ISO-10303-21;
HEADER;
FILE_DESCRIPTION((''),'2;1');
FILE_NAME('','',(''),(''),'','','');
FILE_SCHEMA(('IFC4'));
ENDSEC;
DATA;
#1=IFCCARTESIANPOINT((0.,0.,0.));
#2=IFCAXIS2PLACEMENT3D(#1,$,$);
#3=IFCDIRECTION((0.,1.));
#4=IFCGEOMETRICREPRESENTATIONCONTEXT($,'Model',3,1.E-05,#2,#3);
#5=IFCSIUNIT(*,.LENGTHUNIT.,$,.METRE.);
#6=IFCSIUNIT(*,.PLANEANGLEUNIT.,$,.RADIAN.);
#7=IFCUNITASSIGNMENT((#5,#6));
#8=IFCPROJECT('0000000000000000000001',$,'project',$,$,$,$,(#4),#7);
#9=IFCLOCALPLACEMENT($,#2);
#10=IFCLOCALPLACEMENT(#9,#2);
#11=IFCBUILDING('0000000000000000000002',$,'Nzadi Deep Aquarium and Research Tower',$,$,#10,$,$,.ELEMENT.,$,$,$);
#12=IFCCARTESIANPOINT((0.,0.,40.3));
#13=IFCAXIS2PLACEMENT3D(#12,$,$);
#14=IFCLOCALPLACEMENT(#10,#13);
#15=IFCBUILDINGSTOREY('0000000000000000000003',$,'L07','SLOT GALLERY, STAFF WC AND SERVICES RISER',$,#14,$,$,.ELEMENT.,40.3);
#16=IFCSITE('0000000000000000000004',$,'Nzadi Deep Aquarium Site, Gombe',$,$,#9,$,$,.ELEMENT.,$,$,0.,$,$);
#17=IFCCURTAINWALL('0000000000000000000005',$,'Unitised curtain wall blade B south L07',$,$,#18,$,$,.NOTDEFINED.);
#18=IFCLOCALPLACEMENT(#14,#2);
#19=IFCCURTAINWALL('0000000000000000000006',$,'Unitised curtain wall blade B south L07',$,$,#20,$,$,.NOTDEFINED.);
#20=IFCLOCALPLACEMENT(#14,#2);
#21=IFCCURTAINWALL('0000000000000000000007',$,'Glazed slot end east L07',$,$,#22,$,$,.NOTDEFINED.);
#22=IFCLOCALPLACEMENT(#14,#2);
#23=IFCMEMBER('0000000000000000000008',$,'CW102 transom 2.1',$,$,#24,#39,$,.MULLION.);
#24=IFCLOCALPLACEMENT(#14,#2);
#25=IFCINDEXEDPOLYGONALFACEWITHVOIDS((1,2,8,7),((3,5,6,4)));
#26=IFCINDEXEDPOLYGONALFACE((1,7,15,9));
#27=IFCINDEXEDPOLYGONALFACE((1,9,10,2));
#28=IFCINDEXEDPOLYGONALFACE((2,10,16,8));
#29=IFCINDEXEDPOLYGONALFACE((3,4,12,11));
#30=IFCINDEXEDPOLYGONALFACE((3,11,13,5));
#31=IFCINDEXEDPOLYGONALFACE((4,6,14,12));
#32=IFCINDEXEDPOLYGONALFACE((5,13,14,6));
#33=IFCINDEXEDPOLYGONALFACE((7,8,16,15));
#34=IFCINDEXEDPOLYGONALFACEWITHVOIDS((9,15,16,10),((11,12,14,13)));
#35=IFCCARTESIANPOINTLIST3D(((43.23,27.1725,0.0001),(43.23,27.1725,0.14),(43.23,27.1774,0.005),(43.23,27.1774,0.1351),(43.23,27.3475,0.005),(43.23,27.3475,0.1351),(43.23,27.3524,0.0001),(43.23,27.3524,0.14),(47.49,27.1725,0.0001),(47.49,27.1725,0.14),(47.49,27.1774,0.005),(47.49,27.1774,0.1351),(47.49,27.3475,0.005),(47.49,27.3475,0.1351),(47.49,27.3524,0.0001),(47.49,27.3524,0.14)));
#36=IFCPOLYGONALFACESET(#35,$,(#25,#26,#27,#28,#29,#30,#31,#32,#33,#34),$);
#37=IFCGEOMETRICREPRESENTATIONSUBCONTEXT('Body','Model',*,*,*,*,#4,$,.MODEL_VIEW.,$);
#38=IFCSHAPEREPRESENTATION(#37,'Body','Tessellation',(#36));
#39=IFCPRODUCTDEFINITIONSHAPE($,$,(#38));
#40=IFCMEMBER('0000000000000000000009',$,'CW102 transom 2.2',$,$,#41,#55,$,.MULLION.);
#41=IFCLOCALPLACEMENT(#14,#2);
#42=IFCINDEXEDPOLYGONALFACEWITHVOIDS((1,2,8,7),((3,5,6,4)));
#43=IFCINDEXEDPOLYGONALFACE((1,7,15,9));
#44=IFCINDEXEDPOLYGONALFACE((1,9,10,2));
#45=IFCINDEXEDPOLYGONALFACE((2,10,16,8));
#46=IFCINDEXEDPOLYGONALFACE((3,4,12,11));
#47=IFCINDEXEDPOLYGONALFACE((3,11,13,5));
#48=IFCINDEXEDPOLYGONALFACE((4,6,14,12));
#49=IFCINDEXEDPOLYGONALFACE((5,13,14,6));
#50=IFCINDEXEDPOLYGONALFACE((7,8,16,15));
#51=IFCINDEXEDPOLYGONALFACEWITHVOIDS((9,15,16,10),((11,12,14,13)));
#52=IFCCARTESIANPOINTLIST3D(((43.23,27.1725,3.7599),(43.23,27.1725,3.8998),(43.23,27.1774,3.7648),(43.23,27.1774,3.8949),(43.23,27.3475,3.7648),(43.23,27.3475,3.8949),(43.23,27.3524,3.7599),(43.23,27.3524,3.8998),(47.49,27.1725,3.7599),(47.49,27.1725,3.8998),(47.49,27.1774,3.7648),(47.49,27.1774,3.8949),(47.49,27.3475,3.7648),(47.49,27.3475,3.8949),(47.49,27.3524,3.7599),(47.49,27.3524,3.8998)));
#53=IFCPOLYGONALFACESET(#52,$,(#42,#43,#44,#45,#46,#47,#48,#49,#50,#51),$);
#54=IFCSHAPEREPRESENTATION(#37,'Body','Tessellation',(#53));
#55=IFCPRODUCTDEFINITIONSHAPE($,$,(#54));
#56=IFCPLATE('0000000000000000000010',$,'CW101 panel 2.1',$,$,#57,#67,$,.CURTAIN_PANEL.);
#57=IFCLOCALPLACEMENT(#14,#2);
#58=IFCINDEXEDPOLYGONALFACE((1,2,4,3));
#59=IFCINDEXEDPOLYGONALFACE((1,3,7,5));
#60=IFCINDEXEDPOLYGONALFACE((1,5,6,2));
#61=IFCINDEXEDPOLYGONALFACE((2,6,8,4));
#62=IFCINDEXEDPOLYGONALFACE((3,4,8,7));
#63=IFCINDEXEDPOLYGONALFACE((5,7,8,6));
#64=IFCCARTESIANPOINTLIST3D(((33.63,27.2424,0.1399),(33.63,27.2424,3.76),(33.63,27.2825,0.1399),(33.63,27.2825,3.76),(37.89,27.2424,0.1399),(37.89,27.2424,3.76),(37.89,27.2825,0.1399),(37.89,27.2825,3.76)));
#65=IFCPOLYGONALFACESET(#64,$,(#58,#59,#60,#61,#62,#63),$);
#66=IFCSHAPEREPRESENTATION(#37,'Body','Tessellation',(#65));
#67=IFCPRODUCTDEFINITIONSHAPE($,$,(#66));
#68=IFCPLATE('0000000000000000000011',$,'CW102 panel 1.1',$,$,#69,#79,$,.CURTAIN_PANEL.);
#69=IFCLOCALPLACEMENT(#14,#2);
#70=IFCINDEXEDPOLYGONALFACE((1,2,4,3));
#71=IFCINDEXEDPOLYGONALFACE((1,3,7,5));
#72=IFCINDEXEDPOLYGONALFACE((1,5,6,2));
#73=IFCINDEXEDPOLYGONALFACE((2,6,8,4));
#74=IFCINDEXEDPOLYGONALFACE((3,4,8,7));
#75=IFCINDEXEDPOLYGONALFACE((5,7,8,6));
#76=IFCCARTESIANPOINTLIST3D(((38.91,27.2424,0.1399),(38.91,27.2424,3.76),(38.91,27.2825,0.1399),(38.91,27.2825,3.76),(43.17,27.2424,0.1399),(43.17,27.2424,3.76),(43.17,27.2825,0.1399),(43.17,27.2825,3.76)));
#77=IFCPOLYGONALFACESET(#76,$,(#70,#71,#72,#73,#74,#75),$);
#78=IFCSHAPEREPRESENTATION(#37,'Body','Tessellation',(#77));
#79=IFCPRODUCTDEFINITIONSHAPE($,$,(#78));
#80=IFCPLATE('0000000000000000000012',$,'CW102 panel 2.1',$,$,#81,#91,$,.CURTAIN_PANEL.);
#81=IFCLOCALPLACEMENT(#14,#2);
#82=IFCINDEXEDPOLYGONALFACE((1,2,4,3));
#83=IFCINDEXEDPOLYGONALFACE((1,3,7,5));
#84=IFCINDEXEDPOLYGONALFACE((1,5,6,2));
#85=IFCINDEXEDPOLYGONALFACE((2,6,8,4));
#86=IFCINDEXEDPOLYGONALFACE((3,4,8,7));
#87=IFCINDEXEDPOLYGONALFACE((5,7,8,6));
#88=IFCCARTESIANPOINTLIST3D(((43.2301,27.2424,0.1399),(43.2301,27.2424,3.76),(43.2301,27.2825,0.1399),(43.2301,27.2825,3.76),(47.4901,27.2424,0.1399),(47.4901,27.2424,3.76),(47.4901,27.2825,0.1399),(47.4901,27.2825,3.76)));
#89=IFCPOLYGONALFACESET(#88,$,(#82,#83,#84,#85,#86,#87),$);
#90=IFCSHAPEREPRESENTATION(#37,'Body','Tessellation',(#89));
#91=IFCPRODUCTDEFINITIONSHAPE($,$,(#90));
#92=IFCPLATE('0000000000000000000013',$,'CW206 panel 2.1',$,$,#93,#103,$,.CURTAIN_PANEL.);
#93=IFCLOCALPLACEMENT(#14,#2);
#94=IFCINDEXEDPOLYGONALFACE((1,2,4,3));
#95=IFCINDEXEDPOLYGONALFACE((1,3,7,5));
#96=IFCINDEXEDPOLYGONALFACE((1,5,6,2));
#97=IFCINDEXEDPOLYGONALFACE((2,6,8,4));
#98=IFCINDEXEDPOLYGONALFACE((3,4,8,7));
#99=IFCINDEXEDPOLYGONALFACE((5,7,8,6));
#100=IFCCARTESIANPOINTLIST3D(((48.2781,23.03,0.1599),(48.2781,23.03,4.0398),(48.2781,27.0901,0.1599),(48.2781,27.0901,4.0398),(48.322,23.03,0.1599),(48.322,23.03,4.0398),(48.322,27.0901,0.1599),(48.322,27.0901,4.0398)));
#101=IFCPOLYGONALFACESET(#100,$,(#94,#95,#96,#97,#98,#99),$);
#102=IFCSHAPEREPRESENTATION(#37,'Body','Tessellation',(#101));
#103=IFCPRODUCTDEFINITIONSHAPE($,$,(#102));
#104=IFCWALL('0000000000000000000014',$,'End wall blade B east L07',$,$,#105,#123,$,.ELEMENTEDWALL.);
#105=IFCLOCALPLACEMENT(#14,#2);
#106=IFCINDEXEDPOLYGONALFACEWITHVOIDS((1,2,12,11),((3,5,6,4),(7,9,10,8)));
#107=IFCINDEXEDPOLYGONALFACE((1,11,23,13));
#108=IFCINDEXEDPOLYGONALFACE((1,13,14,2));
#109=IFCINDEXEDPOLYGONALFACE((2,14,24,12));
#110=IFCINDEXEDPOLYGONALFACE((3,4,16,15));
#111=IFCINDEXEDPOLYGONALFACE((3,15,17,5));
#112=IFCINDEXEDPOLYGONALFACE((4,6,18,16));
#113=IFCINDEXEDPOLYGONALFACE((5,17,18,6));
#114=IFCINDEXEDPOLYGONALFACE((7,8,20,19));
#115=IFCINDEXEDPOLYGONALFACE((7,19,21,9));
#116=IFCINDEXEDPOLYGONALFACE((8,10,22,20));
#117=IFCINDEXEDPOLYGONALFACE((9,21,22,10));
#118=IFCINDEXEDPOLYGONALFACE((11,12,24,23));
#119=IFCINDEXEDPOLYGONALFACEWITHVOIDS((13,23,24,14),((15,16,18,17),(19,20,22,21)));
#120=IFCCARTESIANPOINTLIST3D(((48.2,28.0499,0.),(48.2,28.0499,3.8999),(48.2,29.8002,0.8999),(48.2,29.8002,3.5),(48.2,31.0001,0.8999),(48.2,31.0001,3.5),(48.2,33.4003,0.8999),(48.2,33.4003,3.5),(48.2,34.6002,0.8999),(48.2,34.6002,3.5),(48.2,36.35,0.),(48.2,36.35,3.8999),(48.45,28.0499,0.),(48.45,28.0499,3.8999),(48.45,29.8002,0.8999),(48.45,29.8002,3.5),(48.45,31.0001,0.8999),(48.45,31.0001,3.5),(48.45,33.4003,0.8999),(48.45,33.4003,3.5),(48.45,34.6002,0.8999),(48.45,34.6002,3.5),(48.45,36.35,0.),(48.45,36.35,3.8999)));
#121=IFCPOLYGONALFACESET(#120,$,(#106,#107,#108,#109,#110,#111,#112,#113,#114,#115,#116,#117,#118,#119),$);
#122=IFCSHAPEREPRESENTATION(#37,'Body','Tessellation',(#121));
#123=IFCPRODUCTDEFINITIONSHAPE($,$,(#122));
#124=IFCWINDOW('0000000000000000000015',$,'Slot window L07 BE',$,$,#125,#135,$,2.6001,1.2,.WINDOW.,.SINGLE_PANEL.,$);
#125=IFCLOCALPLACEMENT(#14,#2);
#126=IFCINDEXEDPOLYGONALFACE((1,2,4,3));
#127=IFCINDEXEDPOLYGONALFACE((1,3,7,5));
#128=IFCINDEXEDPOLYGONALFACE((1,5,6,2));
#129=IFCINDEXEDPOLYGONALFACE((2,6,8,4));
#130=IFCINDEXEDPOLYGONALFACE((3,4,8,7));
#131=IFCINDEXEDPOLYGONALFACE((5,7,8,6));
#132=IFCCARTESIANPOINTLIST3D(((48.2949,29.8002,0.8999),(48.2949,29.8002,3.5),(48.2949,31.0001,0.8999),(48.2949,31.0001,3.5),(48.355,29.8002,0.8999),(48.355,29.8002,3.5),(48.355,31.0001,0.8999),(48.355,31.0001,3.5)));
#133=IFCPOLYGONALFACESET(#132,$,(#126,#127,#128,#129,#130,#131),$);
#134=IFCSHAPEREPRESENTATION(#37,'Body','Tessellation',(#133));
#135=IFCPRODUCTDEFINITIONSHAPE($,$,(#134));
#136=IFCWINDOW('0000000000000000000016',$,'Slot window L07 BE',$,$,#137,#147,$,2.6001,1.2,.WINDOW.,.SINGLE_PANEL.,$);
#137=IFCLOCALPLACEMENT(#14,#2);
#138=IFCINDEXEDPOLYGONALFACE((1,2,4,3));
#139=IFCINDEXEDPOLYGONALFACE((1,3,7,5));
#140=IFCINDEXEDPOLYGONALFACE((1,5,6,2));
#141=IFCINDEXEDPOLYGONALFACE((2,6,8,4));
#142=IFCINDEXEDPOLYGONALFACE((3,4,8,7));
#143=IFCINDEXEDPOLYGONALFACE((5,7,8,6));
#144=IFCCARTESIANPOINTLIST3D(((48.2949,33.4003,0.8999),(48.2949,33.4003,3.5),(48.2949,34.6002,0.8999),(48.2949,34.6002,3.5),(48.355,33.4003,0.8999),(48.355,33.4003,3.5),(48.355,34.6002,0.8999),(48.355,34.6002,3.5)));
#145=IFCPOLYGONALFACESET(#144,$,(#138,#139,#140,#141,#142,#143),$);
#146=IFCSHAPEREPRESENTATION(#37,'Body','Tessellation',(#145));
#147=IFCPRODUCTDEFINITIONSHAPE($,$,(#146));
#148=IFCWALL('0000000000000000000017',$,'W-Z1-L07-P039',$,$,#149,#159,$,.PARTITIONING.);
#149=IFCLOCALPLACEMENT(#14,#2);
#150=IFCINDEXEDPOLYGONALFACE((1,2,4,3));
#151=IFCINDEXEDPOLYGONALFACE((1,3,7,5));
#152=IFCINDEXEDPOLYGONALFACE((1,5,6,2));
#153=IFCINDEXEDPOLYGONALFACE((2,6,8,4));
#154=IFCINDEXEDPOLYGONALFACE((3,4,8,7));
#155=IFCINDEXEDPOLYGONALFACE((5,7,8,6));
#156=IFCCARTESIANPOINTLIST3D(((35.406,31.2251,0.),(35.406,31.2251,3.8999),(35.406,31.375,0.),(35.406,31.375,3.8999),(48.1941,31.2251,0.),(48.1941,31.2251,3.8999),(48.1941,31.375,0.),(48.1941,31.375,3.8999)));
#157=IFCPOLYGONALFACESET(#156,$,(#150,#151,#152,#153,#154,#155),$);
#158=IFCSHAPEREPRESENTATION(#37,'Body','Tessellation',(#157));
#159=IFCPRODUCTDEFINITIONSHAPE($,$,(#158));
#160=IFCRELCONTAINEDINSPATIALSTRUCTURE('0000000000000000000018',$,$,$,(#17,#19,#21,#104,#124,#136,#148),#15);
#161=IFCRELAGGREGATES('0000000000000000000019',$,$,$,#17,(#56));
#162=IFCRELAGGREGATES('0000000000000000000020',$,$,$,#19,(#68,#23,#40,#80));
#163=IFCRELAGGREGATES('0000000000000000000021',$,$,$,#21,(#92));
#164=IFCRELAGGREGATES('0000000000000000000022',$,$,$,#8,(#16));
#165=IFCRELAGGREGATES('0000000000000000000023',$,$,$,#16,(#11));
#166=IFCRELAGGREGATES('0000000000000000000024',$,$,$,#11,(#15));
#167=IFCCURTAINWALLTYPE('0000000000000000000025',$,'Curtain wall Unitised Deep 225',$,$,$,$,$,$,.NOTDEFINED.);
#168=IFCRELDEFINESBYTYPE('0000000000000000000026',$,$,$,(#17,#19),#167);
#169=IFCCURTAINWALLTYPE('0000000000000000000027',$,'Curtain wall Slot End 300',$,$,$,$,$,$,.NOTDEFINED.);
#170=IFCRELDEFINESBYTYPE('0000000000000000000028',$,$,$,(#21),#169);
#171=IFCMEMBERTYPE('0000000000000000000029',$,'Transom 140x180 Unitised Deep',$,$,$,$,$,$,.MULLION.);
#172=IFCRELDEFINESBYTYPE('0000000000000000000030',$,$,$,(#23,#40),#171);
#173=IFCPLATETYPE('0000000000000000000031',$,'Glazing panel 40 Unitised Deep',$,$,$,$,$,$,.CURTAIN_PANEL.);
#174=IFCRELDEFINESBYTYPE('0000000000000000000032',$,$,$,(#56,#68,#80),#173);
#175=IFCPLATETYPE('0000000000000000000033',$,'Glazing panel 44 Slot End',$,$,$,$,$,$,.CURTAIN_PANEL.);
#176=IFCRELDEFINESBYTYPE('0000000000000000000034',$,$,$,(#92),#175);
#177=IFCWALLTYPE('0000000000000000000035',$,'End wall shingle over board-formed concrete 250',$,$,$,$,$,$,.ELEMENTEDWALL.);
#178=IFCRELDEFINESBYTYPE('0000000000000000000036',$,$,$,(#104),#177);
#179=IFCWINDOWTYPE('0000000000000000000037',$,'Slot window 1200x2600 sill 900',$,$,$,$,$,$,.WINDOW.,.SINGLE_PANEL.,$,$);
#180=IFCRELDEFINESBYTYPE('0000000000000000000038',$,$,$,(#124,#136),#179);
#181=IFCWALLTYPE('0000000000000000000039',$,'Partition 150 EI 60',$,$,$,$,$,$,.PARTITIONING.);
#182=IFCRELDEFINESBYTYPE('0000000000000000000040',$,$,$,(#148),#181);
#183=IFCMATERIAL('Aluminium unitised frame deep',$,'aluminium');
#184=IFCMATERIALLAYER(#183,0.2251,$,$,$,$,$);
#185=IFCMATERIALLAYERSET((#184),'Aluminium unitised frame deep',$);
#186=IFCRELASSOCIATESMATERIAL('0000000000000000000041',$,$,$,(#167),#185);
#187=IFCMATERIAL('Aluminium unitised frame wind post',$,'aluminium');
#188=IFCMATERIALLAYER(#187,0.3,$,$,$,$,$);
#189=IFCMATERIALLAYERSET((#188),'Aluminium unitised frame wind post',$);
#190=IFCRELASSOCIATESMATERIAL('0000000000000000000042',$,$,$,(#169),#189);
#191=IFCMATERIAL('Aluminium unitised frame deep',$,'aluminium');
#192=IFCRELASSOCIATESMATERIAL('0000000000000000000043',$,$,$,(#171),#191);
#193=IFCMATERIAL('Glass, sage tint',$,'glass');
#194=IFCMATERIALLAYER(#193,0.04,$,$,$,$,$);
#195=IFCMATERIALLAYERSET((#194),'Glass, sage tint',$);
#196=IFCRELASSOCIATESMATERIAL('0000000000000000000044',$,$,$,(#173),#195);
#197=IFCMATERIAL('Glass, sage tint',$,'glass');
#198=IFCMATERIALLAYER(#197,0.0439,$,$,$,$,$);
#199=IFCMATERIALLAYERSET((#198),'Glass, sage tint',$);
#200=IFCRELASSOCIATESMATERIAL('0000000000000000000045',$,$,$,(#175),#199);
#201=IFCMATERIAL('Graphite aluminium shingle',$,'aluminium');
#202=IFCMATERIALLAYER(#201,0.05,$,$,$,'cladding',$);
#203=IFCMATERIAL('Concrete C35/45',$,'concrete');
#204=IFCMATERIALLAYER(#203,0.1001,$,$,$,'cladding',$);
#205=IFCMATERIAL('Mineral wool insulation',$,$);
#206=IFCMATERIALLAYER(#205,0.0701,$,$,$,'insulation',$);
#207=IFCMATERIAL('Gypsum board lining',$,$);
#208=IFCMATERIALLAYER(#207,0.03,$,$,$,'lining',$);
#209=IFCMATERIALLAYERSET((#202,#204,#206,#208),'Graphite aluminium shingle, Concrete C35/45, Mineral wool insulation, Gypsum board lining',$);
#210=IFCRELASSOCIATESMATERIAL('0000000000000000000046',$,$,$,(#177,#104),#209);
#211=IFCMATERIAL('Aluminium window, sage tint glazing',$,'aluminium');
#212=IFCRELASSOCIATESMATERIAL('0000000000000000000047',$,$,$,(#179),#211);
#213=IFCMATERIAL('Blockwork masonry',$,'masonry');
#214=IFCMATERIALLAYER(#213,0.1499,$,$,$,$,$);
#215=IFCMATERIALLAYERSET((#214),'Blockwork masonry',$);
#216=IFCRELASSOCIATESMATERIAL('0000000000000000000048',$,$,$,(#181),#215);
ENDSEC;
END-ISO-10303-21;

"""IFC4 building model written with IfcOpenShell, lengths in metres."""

from ifc_helpers import new_model, si_unit, direction, frame, frame_2d, origin, origin_2d, place, context, subcontext, project, spatial, rectangle, hollow_rectangle, extrude, material, layer, layer_set, layer_usage, material_profile, profile_set, type_object, element, fill, aggregate, save


model = new_model("IFC4")

# Units and contexts
model_context = context("Model", 3, precision=1e-05, world=origin(), true_north=direction((0.0, 1.0)))
body_context = subcontext(model_context, "Body", "Model", "MODEL_VIEW")
ifc_project = project(units=[si_unit("LENGTHUNIT", "METRE"), si_unit("PLANEANGLEUNIT", "RADIAN")], contexts=[model_context])

# Site, building, storey
site_placement = place(None, origin())
site = spatial("IfcSite", under=ifc_project, at=site_placement, Name="Nzadi Deep Aquarium Site, Gombe", CompositionType="ELEMENT", RefElevation=0.0)
building_placement = place(site_placement, origin())
building = spatial("IfcBuilding", under=site, at=building_placement, Name="Nzadi Deep Aquarium and Research Tower", CompositionType="ELEMENT")
storey_placement = place(building_placement, frame((0.0, 0.0, 40.3)))
storey = spatial("IfcBuildingStorey", under=building, at=storey_placement, Name="L07", Description="SLOT GALLERY, STAFF WC AND SERVICES RISER", CompositionType="ELEMENT", Elevation=40.3)

# Curtain wall
ifc_material_1 = material(Name="Aluminium unitised frame deep", Category="aluminium")
ifc_layer_1 = layer(ifc_material_1, 0.2251)
ifc_layer_set_1 = layer_set([ifc_layer_1], Name="Aluminium unitised frame deep")
curtain_wall_type_1 = type_object("IfcCurtainWallType", Name="Curtain wall Unitised Deep 225", PredefinedType="NOTDEFINED", material=ifc_layer_set_1)
curtain_wall_1_placement = place(storey_placement, origin())
curtain_wall_1 = element("IfcCurtainWall", 1, at=curtain_wall_1_placement, inside=storey, type_object=curtain_wall_type_1, Name="Unitised curtain wall blade B south L07", PredefinedType="NOTDEFINED")

# Curtain wall
curtain_wall_2_placement = place(storey_placement, origin())
curtain_wall_2 = element("IfcCurtainWall", 2, at=curtain_wall_2_placement, inside=storey, type_object=curtain_wall_type_1, Name="Unitised curtain wall blade B south L07", PredefinedType="NOTDEFINED")

# Curtain wall
ifc_material_2 = material(Name="Aluminium unitised frame wind post", Category="aluminium")
ifc_layer_2 = layer(ifc_material_2, 0.3)
ifc_layer_set_2 = layer_set([ifc_layer_2], Name="Aluminium unitised frame wind post")
curtain_wall_type_2 = type_object("IfcCurtainWallType", Name="Curtain wall Slot End 300", PredefinedType="NOTDEFINED", material=ifc_layer_set_2)
curtain_wall_3_placement = place(storey_placement, origin())
curtain_wall_3 = element("IfcCurtainWall", 3, at=curtain_wall_3_placement, inside=storey, type_object=curtain_wall_type_2, Name="Glazed slot end east L07", PredefinedType="NOTDEFINED")

# Members
ifc_material_3 = material(Name="Aluminium unitised frame deep", Category="aluminium")
ifc_material_profile_1 = material_profile(ifc_material_3, hollow_rectangle(XDim=0.1799, YDim=0.1399, WallThickness=0.0049, at=origin_2d()))
ifc_profile_set_1 = profile_set([ifc_material_profile_1], Name="Aluminium unitised frame deep")
member_type_1 = type_object("IfcMemberType", Name="Transom 140x180 Unitised Deep", PredefinedType="MULLION", material=ifc_profile_set_1)
member_1_placement = place(storey_placement, frame((43.23, 27.2625, 0.0701), z_axis=(1.0, 0.0, 0.0), x_axis=(0.0, 1.0, 0.0)))
member_1 = element("IfcMember", 4, at=member_1_placement, type_object=member_type_1, Name="CW102 transom 2.1", PredefinedType="MULLION", context=body_context, shape_type="SweptSolid", body=[
    extrude(hollow_rectangle(XDim=0.1799, YDim=0.1399, WallThickness=0.0049, at=origin_2d()), origin(), (0.0, 0.0, 1.0), 4.26),
])
member_2_placement = place(storey_placement, frame((43.23, 27.2625, 3.8298), z_axis=(1.0, 0.0, 0.0), x_axis=(0.0, 1.0, 0.0)))
member_2 = element("IfcMember", 5, at=member_2_placement, type_object=member_type_1, Name="CW102 transom 2.2", PredefinedType="MULLION", context=body_context, shape_type="SweptSolid", body=[
    extrude(hollow_rectangle(XDim=0.1799, YDim=0.1399, WallThickness=0.0049, at=origin_2d()), origin(), (0.0, 0.0, 1.0), 4.26),
])

# Plates
ifc_material_4 = material(Name="Glass, sage tint", Category="glass")
ifc_layer_3 = layer(ifc_material_4, 0.04)
ifc_layer_set_3 = layer_set([ifc_layer_3], Name="Glass, sage tint")
plate_type_1 = type_object("IfcPlateType", Name="Glazing panel 40 Unitised Deep", PredefinedType="CURTAIN_PANEL", material=ifc_layer_set_3)
plate_1_placement = place(storey_placement, frame((35.76, 27.2625, 0.1399), z_axis=(0.0, 0.0, 1.0), x_axis=(1.0, 0.0, 0.0)))
plate_1 = element("IfcPlate", 6, at=plate_1_placement, type_object=plate_type_1, Name="CW101 panel 2.1", PredefinedType="CURTAIN_PANEL", context=body_context, shape_type="SweptSolid", body=[
    extrude(rectangle(XDim=4.26, YDim=0.04, at=origin_2d()), origin(), (0.0, 0.0, 1.0), 3.6201),
])
aggregate(curtain_wall_1, [plate_1])
plate_2_placement = place(storey_placement, frame((41.04, 27.2625, 0.1399), z_axis=(0.0, 0.0, 1.0), x_axis=(1.0, 0.0, 0.0)))
plate_2 = element("IfcPlate", 7, at=plate_2_placement, type_object=plate_type_1, Name="CW102 panel 1.1", PredefinedType="CURTAIN_PANEL", context=body_context, shape_type="SweptSolid", body=[
    extrude(rectangle(XDim=4.26, YDim=0.04, at=origin_2d()), origin(), (0.0, 0.0, 1.0), 3.6201),
])
plate_3_placement = place(storey_placement, frame((45.3601, 27.2625, 0.1399), z_axis=(0.0, 0.0, 1.0), x_axis=(1.0, 0.0, 0.0)))
plate_3 = element("IfcPlate", 8, at=plate_3_placement, type_object=plate_type_1, Name="CW102 panel 2.1", PredefinedType="CURTAIN_PANEL", context=body_context, shape_type="SweptSolid", body=[
    extrude(rectangle(XDim=4.26, YDim=0.04, at=origin_2d()), origin(), (0.0, 0.0, 1.0), 3.6201),
])
aggregate(curtain_wall_2, [plate_2, member_1, member_2, plate_3])
ifc_material_5 = material(Name="Glass, sage tint", Category="glass")
ifc_layer_4 = layer(ifc_material_5, 0.0439)
ifc_layer_set_4 = layer_set([ifc_layer_4], Name="Glass, sage tint")
plate_type_2 = type_object("IfcPlateType", Name="Glazing panel 44 Slot End", PredefinedType="CURTAIN_PANEL", material=ifc_layer_set_4)
plate_4_placement = place(storey_placement, frame((48.3, 25.0601, 0.1599), z_axis=(0.0, 0.0, 1.0), x_axis=(0.0, 1.0, 0.0)))
plate_4 = element("IfcPlate", 9, at=plate_4_placement, type_object=plate_type_2, Name="CW206 panel 2.1", PredefinedType="CURTAIN_PANEL", context=body_context, shape_type="SweptSolid", body=[
    extrude(rectangle(XDim=4.0601, YDim=0.0439, at=origin_2d()), origin(), (0.0, 0.0, 1.0), 3.8799),
])
aggregate(curtain_wall_3, [plate_4])

# Wall, openings, windows
ifc_material_6 = material(Name="Graphite aluminium shingle", Category="aluminium")
ifc_layer_5 = layer(ifc_material_6, 0.05, Category="cladding")
ifc_material_7 = material(Name="Concrete C35/45", Category="concrete")
ifc_layer_6 = layer(ifc_material_7, 0.1001, Category="cladding")
ifc_material_8 = material(Name="Mineral wool insulation")
ifc_layer_7 = layer(ifc_material_8, 0.0701, Category="insulation")
ifc_material_9 = material(Name="Gypsum board lining")
ifc_layer_8 = layer(ifc_material_9, 0.03, Category="lining")
ifc_layer_set_5 = layer_set([ifc_layer_5, ifc_layer_6, ifc_layer_7, ifc_layer_8], Name="Graphite aluminium shingle, Concrete C35/45, Mineral wool insulation, Gypsum board lining")
ifc_layer_usage = layer_usage(ifc_layer_set_5, "AXIS2", "POSITIVE", -0.125)
wall_type_1 = type_object("IfcWallType", Name="End wall shingle over board-formed concrete 250", PredefinedType="ELEMENTEDWALL", material=ifc_layer_set_5)
wall_1_placement = place(storey_placement, frame((48.325, 28.05, 0.0), z_axis=(0.0, 0.0, 1.0), x_axis=(0.0, 1.0, 0.0)))
wall_1 = element("IfcWall", 10, at=wall_1_placement, inside=storey, type_object=wall_type_1, material=ifc_layer_usage, Name="End wall blade B east L07", PredefinedType="ELEMENTEDWALL", context=body_context, shape_type="SweptSolid", body=[
    extrude(rectangle(XDim=8.3, YDim=0.25, at=frame_2d((4.1499, 0.0))), origin(), (0.0, 0.0, 1.0), 3.8999),
])
opening_1_placement = place(wall_1_placement, frame((1.75, 0.0, 0.8999)))
opening_1 = element("IfcOpeningElement", 11, at=opening_1_placement, cuts=wall_1, PredefinedType="OPENING", context=body_context, shape_type="SweptSolid", body=[
    extrude(rectangle(XDim=1.2, YDim=2.6001, at=frame_2d((0.6001, 1.3))), frame((0.0, 0.135, 0.0), z_axis=(0.0, -1.0, 0.0), x_axis=(1.0, 0.0, 0.0)), (0.0, 0.0, 1.0), 0.27),
])
opening_2_placement = place(wall_1_placement, frame((5.3501, 0.0, 0.8999)))
opening_2 = element("IfcOpeningElement", 12, at=opening_2_placement, cuts=wall_1, PredefinedType="OPENING", context=body_context, shape_type="SweptSolid", body=[
    extrude(rectangle(XDim=1.2, YDim=2.6001, at=frame_2d((0.6001, 1.3))), frame((0.0, 0.135, 0.0), z_axis=(0.0, -1.0, 0.0), x_axis=(1.0, 0.0, 0.0)), (0.0, 0.0, 1.0), 0.27),
])
ifc_material_10 = material(Name="Aluminium window, sage tint glazing", Category="aluminium")
window_type = type_object("IfcWindowType", Name="Slot window 1200x2600 sill 900", PartitioningType="SINGLE_PANEL", PredefinedType="WINDOW", material=ifc_material_10)
window_1_placement = place(opening_1_placement, origin())
window_1 = element("IfcWindow", 13, at=window_1_placement, inside=storey, type_object=window_type, Name="Slot window L07 BE", OverallHeight=2.6001, OverallWidth=1.2, PartitioningType="SINGLE_PANEL", PredefinedType="WINDOW", context=body_context, shape_type="SweptSolid", body=[
    extrude(rectangle(XDim=1.2, YDim=2.6001, at=frame_2d((0.6001, 1.3))), frame((0.0, 0.03, 0.0), z_axis=(0.0, -1.0, 0.0), x_axis=(1.0, 0.0, 0.0)), (0.0, 0.0, 1.0), 0.0601),
])
fill(opening_1, window_1)
window_2_placement = place(opening_2_placement, origin())
window_2 = element("IfcWindow", 14, at=window_2_placement, inside=storey, type_object=window_type, Name="Slot window L07 BE", OverallHeight=2.6001, OverallWidth=1.2, PartitioningType="SINGLE_PANEL", PredefinedType="WINDOW", context=body_context, shape_type="SweptSolid", body=[
    extrude(rectangle(XDim=1.2, YDim=2.6001, at=frame_2d((0.6001, 1.3))), frame((0.0, 0.03, 0.0), z_axis=(0.0, -1.0, 0.0), x_axis=(1.0, 0.0, 0.0)), (0.0, 0.0, 1.0), 0.0601),
])
fill(opening_2, window_2)

# Wall
ifc_material_11 = material(Name="Blockwork masonry", Category="masonry")
ifc_layer_9 = layer(ifc_material_11, 0.1499)
ifc_layer_set_6 = layer_set([ifc_layer_9], Name="Blockwork masonry")
wall_type_2 = type_object("IfcWallType", Name="Partition 150 EI 60", PredefinedType="PARTITIONING", material=ifc_layer_set_6)
wall_2_placement = place(storey_placement, frame((35.406, 31.3, 0.0), z_axis=(0.0, 0.0, 1.0), x_axis=(1.0, 0.0, 0.0)))
element("IfcWall", 15, at=wall_2_placement, inside=storey, type_object=wall_type_2, Name="W-Z1-L07-P039", PredefinedType="PARTITIONING", context=body_context, shape_type="SweptSolid", body=[
    extrude(rectangle(XDim=12.7881, YDim=0.1499, at=frame_2d((6.394, 0.0))), origin(), (0.0, 0.0, 1.0), 3.8999),
])

save(model, "model.ifc")
